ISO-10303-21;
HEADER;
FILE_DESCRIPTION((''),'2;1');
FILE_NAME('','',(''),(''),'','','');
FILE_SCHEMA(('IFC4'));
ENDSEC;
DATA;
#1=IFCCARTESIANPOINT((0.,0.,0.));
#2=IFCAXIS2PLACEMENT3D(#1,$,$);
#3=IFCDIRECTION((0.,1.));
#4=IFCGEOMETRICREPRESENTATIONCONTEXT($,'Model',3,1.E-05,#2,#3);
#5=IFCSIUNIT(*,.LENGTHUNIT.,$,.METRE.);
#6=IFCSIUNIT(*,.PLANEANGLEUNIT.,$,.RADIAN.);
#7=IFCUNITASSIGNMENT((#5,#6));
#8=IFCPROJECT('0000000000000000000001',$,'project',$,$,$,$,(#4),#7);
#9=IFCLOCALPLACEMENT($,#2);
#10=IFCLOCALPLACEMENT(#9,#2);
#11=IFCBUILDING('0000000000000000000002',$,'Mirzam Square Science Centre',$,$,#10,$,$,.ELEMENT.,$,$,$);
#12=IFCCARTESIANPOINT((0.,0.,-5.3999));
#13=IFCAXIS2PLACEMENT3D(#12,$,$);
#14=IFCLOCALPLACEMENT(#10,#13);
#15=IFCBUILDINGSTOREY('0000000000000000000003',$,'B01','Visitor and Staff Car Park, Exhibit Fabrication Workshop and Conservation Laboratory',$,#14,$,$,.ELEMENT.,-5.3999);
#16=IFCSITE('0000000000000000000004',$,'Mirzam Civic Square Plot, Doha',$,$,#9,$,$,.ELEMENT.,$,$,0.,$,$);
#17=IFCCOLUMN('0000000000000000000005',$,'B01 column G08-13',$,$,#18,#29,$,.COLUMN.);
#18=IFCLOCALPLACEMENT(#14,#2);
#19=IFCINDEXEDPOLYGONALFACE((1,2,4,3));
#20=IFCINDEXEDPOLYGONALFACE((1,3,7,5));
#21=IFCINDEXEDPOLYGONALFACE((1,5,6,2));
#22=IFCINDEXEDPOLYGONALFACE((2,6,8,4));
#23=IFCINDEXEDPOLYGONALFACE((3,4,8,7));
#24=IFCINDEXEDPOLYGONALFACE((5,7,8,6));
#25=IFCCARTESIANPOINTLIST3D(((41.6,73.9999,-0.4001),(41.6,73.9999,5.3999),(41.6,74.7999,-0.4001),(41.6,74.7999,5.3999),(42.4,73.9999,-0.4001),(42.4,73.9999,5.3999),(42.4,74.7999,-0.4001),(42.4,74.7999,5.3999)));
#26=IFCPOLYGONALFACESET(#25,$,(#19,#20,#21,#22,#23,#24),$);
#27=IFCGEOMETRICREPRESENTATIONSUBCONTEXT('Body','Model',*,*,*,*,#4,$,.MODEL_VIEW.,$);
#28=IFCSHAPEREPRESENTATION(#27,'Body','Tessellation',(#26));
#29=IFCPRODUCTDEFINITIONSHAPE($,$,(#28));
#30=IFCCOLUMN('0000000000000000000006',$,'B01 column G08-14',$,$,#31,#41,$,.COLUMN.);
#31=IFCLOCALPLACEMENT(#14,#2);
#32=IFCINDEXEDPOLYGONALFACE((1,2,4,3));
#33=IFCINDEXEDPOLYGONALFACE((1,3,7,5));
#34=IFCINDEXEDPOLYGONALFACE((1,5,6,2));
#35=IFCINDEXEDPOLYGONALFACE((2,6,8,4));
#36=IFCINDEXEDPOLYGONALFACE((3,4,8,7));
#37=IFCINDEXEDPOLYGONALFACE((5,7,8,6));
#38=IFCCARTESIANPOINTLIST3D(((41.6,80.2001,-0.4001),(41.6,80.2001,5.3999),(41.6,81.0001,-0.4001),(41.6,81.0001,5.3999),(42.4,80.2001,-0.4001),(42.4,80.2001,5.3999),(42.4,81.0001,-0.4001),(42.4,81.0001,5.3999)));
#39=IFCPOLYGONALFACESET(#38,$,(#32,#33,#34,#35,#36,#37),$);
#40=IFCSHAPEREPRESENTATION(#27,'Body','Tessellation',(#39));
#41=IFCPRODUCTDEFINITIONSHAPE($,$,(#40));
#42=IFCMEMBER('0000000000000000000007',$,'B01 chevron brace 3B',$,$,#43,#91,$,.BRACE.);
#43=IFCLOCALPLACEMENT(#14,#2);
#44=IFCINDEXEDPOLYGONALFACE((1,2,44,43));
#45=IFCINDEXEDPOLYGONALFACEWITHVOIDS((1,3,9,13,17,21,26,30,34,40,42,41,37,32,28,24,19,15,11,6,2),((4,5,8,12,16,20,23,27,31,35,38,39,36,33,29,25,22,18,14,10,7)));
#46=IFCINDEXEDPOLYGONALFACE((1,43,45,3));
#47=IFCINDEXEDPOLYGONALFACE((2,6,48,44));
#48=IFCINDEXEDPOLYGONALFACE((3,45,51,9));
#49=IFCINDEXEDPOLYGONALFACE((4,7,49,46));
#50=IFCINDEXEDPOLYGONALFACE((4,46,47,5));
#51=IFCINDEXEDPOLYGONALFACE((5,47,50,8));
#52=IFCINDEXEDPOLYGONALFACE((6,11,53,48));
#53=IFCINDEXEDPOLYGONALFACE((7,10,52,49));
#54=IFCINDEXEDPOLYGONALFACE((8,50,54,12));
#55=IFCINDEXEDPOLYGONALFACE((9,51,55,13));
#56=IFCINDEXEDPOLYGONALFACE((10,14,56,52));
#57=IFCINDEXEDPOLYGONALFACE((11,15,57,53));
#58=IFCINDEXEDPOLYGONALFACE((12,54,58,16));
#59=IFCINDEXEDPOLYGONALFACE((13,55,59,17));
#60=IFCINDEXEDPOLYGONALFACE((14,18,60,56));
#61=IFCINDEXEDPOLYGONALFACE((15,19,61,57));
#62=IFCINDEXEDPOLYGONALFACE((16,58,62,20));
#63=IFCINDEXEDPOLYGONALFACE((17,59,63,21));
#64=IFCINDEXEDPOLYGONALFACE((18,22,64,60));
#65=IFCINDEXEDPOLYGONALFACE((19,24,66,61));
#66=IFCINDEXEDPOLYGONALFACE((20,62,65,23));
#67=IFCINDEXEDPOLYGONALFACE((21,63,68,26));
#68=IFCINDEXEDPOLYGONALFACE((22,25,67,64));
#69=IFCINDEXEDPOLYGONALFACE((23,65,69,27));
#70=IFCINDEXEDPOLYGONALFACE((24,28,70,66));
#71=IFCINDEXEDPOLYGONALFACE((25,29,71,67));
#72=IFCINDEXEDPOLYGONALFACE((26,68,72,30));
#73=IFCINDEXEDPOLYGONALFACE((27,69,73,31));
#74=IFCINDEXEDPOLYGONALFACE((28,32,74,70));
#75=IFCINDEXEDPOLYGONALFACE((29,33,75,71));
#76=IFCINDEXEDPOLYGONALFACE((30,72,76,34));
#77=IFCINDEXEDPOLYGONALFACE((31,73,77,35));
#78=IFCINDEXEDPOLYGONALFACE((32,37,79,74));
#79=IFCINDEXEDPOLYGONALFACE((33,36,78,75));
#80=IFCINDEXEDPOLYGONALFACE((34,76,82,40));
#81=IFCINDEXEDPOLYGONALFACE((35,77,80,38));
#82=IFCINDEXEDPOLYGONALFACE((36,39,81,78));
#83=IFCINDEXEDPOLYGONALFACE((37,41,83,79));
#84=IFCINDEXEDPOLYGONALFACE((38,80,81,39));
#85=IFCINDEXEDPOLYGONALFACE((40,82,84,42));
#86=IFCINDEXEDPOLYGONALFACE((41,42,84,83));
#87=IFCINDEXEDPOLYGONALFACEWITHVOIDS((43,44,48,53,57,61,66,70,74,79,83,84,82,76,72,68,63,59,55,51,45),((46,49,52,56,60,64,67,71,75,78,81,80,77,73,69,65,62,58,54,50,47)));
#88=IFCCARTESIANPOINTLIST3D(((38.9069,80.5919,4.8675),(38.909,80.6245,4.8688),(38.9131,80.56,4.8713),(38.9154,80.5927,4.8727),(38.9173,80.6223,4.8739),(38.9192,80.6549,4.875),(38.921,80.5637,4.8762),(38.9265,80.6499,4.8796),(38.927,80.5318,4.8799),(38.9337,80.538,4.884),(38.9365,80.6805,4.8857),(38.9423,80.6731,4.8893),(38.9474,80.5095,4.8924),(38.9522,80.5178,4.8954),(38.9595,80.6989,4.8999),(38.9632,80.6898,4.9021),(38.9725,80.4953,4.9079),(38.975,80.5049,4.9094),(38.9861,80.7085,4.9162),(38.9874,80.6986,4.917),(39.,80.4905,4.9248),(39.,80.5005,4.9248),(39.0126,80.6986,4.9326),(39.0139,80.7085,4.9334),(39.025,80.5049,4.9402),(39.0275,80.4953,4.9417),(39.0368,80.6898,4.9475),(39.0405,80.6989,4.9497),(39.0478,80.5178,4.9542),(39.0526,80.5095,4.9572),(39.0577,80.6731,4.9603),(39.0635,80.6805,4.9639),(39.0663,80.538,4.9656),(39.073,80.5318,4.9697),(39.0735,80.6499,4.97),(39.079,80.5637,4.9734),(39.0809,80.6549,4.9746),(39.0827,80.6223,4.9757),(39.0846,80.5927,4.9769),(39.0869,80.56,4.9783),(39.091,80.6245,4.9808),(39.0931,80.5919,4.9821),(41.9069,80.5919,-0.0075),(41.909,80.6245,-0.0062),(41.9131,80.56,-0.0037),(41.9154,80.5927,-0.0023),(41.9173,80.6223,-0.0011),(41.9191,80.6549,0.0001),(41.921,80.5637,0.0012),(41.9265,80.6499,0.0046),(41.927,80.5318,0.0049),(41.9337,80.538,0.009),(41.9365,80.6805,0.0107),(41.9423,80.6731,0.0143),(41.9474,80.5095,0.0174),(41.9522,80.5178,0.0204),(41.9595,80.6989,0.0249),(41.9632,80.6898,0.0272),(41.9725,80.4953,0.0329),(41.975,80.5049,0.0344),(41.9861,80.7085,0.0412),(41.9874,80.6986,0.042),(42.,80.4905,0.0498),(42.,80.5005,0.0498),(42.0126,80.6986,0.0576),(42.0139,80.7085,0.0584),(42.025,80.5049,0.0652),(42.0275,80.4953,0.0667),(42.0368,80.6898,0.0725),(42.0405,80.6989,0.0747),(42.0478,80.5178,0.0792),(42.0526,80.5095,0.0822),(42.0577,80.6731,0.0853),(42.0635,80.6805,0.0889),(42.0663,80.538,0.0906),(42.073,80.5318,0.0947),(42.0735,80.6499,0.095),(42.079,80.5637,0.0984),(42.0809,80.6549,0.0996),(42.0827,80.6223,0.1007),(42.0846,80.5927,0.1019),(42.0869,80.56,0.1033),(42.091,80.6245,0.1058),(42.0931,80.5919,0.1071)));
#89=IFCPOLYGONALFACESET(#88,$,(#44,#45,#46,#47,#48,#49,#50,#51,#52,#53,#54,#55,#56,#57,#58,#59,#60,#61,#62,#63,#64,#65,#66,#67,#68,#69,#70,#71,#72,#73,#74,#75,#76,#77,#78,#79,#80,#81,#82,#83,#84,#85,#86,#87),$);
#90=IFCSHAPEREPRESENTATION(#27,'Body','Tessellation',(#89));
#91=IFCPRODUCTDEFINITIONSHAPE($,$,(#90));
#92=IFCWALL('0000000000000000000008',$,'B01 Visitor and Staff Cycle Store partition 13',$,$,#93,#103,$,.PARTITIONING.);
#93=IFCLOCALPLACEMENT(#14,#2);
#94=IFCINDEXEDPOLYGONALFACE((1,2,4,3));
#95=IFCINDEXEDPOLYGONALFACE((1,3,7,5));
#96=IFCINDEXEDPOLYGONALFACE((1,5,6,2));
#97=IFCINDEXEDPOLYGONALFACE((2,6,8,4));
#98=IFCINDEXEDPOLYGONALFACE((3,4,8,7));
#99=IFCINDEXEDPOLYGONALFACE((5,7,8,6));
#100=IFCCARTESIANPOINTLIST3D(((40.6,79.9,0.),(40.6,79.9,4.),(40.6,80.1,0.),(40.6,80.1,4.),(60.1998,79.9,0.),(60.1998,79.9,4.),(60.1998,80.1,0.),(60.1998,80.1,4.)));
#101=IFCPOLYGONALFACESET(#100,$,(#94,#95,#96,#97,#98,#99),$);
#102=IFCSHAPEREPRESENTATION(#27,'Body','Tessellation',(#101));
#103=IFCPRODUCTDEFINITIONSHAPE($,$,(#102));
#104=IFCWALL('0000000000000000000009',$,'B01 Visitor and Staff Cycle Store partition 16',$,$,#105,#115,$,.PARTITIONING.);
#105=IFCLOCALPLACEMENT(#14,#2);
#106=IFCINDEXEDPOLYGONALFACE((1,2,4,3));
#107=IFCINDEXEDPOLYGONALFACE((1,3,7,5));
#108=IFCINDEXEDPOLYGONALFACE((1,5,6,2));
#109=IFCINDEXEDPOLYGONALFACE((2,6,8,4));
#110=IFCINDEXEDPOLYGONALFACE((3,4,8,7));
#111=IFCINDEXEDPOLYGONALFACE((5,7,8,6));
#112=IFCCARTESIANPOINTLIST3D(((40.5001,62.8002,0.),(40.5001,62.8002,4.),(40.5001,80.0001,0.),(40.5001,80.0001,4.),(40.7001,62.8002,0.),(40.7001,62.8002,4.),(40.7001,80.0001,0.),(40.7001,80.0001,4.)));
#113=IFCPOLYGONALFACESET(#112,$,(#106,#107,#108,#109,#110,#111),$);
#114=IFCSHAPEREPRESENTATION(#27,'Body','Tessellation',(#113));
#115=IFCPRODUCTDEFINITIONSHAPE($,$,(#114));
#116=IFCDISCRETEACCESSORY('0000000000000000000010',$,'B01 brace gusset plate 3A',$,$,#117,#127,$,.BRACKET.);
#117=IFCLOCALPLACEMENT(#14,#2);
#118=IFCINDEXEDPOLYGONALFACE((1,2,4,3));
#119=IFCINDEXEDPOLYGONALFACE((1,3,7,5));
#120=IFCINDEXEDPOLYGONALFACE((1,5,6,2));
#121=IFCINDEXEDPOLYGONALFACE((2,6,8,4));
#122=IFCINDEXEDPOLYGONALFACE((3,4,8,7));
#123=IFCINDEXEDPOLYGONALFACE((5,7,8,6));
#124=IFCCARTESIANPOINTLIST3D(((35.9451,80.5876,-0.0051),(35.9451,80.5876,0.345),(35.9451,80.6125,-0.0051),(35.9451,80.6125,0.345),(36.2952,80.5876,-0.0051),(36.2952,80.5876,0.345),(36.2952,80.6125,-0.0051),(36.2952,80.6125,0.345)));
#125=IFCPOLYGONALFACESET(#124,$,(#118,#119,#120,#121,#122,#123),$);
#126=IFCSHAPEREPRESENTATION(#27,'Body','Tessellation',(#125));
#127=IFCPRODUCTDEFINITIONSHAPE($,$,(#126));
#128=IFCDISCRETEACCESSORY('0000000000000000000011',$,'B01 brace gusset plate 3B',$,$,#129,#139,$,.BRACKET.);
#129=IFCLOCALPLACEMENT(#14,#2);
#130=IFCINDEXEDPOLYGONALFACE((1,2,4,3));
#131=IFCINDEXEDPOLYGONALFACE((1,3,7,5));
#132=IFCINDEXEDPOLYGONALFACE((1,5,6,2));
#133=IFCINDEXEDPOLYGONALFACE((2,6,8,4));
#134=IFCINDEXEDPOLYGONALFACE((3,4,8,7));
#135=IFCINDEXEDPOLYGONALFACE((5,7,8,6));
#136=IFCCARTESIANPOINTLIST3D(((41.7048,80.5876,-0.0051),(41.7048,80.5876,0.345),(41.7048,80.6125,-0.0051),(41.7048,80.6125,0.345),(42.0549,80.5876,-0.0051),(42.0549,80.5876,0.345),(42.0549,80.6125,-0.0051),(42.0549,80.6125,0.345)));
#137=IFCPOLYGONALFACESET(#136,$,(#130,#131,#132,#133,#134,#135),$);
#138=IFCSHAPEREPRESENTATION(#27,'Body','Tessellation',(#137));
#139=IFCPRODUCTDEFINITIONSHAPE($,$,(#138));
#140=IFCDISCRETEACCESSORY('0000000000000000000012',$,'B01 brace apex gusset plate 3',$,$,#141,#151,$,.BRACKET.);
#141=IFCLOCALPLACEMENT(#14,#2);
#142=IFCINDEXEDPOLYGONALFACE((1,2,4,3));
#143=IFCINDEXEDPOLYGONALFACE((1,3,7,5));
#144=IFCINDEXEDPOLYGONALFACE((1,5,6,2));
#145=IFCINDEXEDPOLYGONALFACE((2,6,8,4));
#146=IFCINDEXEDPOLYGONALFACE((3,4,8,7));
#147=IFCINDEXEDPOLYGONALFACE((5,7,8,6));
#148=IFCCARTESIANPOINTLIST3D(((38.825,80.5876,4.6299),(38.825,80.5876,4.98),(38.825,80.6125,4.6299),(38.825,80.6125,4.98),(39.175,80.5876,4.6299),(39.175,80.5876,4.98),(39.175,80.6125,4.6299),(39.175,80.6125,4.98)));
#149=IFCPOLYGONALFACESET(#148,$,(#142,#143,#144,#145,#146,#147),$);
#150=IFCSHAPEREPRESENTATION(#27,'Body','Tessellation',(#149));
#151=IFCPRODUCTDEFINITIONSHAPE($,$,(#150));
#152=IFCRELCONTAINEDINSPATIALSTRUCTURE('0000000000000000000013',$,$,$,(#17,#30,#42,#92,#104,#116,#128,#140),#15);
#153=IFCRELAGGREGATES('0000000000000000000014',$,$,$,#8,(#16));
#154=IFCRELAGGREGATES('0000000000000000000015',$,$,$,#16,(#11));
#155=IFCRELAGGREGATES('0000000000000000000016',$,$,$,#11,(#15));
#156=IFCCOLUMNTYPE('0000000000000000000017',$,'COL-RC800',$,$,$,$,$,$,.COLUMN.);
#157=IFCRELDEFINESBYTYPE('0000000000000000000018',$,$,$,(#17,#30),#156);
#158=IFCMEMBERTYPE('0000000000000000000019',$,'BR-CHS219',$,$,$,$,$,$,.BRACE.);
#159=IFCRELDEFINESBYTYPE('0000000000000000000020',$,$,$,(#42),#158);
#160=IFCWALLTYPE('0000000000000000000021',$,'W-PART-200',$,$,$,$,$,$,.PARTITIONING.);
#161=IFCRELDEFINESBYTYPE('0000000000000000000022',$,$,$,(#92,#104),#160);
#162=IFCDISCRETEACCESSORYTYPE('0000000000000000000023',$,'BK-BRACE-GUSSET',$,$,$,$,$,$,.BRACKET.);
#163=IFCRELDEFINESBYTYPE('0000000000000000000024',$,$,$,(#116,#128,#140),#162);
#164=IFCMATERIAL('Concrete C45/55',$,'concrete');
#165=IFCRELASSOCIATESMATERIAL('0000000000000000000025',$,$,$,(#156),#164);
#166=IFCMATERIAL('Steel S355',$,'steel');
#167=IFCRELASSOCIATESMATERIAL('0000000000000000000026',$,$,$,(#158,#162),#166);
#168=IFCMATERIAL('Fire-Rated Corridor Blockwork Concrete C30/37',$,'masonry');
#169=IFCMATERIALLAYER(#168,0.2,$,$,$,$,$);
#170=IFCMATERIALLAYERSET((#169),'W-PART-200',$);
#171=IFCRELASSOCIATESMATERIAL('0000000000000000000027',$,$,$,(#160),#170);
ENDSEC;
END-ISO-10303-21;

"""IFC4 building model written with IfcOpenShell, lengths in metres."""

from ifc_helpers import new_model, si_unit, direction, frame, frame_2d, origin, origin_2d, place, context, subcontext, project, spatial, rectangle, hollow_circle, extrude, material, layer, layer_set, material_profile, profile_set, type_object, element, save


model = new_model("IFC4")

# Units and contexts
model_context = context("Model", 3, precision=1e-05, world=origin(), true_north=direction((0.0, 1.0)))
body_context = subcontext(model_context, "Body", "Model", "MODEL_VIEW")
ifc_project = project(units=[si_unit("LENGTHUNIT", "METRE"), si_unit("PLANEANGLEUNIT", "RADIAN")], contexts=[model_context])

# Site, building, storey
site_placement = place(None, origin())
site = spatial("IfcSite", under=ifc_project, at=site_placement, Name="Mirzam Civic Square Plot, Doha", CompositionType="ELEMENT", RefElevation=0.0)
building_placement = place(site_placement, origin())
building = spatial("IfcBuilding", under=site, at=building_placement, Name="Mirzam Square Science Centre", CompositionType="ELEMENT")
storey_placement = place(building_placement, frame((0.0, 0.0, -5.3999)))
storey = spatial("IfcBuildingStorey", under=building, at=storey_placement, Name="B01", Description="Visitor and Staff Car Park, Exhibit Fabrication Workshop and Conservation Laboratory", CompositionType="ELEMENT", Elevation=-5.3999)

# Shared definitions
ifc_material_1 = material(Name="Concrete C45/55", Category="concrete")

# Columns
ifc_material_profile_1 = material_profile(ifc_material_1, rectangle(XDim=0.8, YDim=0.8, at=origin_2d()), Name="RC800x800")
ifc_profile_set_1 = profile_set([ifc_material_profile_1], Name="Concrete C45/55")
column_type = type_object("IfcColumnType", Name="COL-RC800", PredefinedType="COLUMN", material=ifc_profile_set_1)
for number, where, z_axis, x_axis, name in (
    (1, (42.0, 74.3999, -0.4001), (0.0, 0.0, 1.0), (1.0, 0.0, 0.0), "B01 column G08-13"),
    (2, (42.0, 80.6001, -0.4001), (0.0, 0.0, 1.0), (1.0, 0.0, 0.0), "B01 column G08-14"),
):
    element("IfcColumn", number, at=place(storey_placement, frame(where, z_axis=z_axis, x_axis=x_axis)), inside=storey, type_object=column_type, Name=name, PredefinedType="COLUMN", context=body_context, shape_type="SweptSolid", body=[
        extrude(rectangle(XDim=0.8, YDim=0.8, at=origin_2d()), origin(), (0.0, 0.0, 1.0), 5.8),
    ])

# Member
ifc_material_2 = material(Name="Steel S355", Category="steel")
ifc_material_profile_2 = material_profile(ifc_material_2, hollow_circle(Radius=0.1096, WallThickness=0.01, at=origin_2d()), Name="219.1x10.0CHS")
ifc_profile_set_2 = profile_set([ifc_material_profile_2], Name="Steel S355")
member_type = type_object("IfcMemberType", Name="BR-CHS219", PredefinedType="BRACE", material=ifc_profile_set_2)
member_placement = place(storey_placement, frame((42.0, 80.6001, 0.0498), z_axis=(-0.524097, 0.0, 0.851658), x_axis=(0.0, -1.0, 0.0)))
element("IfcMember", 3, at=member_placement, inside=storey, type_object=member_type, Name="B01 chevron brace 3B", PredefinedType="BRACE", context=body_context, shape_type="SweptSolid", body=[
    extrude(hollow_circle(Radius=0.1096, WallThickness=0.01, at=origin_2d()), origin(), (0.0, 0.0, 1.0), 5.7241),
])

# Walls
ifc_material_3 = material(Name="Fire-Rated Corridor Blockwork Concrete C30/37", Category="masonry")
ifc_layer_1 = layer(ifc_material_3, 0.2)
ifc_layer_set_1 = layer_set([ifc_layer_1], Name="W-PART-200")
wall_type = type_object("IfcWallType", Name="W-PART-200", PredefinedType="PARTITIONING", material=ifc_layer_set_1)
wall_1_placement = place(storey_placement, frame((40.6001, 80.0, 0.0), z_axis=(0.0, 0.0, 1.0), x_axis=(1.0, 0.0, 0.0)))
element("IfcWall", 4, at=wall_1_placement, inside=storey, type_object=wall_type, Name="B01 Visitor and Staff Cycle Store partition 13", PredefinedType="PARTITIONING", context=body_context, shape_type="SweptSolid", body=[
    extrude(rectangle(XDim=19.5999, YDim=0.2, at=frame_2d((9.7998, 0.0))), origin(), (0.0, 0.0, 1.0), 4.0),
])
wall_2_placement = place(storey_placement, frame((40.6001, 62.8, 0.0), z_axis=(0.0, 0.0, 1.0), x_axis=(0.0, 1.0, 0.0)))
element("IfcWall", 5, at=wall_2_placement, inside=storey, type_object=wall_type, Name="B01 Visitor and Staff Cycle Store partition 16", PredefinedType="PARTITIONING", context=body_context, shape_type="SweptSolid", body=[
    extrude(rectangle(XDim=17.2, YDim=0.2, at=frame_2d((8.6001, 0.0))), origin(), (0.0, 0.0, 1.0), 4.0),
])

# Discrete accessories
discrete_accessory_type = type_object("IfcDiscreteAccessoryType", Name="BK-BRACE-GUSSET", PredefinedType="BRACKET", material=ifc_material_2)
for number, where, z_axis, x_axis, name in (
    (6, (36.1201, 80.6001, -0.0051), (0.0, 0.0, 1.0), (1.0, 0.0, 0.0), "B01 brace gusset plate 3A"),
    (7, (41.8799, 80.6001, -0.0051), (0.0, 0.0, 1.0), (1.0, 0.0, 0.0), "B01 brace gusset plate 3B"),
    (8, (39.0, 80.6001, 4.6299), (0.0, 0.0, 1.0), (1.0, 0.0, 0.0), "B01 brace apex gusset plate 3"),
):
    element("IfcDiscreteAccessory", number, at=place(storey_placement, frame(where, z_axis=z_axis, x_axis=x_axis)), inside=storey, type_object=discrete_accessory_type, Name=name, PredefinedType="BRACKET", context=body_context, shape_type="SweptSolid", body=[
        extrude(rectangle(XDim=0.3501, YDim=0.0249, at=origin_2d()), origin(), (0.0, 0.0, 1.0), 0.3501),
    ])

save(model, "model.ifc")
